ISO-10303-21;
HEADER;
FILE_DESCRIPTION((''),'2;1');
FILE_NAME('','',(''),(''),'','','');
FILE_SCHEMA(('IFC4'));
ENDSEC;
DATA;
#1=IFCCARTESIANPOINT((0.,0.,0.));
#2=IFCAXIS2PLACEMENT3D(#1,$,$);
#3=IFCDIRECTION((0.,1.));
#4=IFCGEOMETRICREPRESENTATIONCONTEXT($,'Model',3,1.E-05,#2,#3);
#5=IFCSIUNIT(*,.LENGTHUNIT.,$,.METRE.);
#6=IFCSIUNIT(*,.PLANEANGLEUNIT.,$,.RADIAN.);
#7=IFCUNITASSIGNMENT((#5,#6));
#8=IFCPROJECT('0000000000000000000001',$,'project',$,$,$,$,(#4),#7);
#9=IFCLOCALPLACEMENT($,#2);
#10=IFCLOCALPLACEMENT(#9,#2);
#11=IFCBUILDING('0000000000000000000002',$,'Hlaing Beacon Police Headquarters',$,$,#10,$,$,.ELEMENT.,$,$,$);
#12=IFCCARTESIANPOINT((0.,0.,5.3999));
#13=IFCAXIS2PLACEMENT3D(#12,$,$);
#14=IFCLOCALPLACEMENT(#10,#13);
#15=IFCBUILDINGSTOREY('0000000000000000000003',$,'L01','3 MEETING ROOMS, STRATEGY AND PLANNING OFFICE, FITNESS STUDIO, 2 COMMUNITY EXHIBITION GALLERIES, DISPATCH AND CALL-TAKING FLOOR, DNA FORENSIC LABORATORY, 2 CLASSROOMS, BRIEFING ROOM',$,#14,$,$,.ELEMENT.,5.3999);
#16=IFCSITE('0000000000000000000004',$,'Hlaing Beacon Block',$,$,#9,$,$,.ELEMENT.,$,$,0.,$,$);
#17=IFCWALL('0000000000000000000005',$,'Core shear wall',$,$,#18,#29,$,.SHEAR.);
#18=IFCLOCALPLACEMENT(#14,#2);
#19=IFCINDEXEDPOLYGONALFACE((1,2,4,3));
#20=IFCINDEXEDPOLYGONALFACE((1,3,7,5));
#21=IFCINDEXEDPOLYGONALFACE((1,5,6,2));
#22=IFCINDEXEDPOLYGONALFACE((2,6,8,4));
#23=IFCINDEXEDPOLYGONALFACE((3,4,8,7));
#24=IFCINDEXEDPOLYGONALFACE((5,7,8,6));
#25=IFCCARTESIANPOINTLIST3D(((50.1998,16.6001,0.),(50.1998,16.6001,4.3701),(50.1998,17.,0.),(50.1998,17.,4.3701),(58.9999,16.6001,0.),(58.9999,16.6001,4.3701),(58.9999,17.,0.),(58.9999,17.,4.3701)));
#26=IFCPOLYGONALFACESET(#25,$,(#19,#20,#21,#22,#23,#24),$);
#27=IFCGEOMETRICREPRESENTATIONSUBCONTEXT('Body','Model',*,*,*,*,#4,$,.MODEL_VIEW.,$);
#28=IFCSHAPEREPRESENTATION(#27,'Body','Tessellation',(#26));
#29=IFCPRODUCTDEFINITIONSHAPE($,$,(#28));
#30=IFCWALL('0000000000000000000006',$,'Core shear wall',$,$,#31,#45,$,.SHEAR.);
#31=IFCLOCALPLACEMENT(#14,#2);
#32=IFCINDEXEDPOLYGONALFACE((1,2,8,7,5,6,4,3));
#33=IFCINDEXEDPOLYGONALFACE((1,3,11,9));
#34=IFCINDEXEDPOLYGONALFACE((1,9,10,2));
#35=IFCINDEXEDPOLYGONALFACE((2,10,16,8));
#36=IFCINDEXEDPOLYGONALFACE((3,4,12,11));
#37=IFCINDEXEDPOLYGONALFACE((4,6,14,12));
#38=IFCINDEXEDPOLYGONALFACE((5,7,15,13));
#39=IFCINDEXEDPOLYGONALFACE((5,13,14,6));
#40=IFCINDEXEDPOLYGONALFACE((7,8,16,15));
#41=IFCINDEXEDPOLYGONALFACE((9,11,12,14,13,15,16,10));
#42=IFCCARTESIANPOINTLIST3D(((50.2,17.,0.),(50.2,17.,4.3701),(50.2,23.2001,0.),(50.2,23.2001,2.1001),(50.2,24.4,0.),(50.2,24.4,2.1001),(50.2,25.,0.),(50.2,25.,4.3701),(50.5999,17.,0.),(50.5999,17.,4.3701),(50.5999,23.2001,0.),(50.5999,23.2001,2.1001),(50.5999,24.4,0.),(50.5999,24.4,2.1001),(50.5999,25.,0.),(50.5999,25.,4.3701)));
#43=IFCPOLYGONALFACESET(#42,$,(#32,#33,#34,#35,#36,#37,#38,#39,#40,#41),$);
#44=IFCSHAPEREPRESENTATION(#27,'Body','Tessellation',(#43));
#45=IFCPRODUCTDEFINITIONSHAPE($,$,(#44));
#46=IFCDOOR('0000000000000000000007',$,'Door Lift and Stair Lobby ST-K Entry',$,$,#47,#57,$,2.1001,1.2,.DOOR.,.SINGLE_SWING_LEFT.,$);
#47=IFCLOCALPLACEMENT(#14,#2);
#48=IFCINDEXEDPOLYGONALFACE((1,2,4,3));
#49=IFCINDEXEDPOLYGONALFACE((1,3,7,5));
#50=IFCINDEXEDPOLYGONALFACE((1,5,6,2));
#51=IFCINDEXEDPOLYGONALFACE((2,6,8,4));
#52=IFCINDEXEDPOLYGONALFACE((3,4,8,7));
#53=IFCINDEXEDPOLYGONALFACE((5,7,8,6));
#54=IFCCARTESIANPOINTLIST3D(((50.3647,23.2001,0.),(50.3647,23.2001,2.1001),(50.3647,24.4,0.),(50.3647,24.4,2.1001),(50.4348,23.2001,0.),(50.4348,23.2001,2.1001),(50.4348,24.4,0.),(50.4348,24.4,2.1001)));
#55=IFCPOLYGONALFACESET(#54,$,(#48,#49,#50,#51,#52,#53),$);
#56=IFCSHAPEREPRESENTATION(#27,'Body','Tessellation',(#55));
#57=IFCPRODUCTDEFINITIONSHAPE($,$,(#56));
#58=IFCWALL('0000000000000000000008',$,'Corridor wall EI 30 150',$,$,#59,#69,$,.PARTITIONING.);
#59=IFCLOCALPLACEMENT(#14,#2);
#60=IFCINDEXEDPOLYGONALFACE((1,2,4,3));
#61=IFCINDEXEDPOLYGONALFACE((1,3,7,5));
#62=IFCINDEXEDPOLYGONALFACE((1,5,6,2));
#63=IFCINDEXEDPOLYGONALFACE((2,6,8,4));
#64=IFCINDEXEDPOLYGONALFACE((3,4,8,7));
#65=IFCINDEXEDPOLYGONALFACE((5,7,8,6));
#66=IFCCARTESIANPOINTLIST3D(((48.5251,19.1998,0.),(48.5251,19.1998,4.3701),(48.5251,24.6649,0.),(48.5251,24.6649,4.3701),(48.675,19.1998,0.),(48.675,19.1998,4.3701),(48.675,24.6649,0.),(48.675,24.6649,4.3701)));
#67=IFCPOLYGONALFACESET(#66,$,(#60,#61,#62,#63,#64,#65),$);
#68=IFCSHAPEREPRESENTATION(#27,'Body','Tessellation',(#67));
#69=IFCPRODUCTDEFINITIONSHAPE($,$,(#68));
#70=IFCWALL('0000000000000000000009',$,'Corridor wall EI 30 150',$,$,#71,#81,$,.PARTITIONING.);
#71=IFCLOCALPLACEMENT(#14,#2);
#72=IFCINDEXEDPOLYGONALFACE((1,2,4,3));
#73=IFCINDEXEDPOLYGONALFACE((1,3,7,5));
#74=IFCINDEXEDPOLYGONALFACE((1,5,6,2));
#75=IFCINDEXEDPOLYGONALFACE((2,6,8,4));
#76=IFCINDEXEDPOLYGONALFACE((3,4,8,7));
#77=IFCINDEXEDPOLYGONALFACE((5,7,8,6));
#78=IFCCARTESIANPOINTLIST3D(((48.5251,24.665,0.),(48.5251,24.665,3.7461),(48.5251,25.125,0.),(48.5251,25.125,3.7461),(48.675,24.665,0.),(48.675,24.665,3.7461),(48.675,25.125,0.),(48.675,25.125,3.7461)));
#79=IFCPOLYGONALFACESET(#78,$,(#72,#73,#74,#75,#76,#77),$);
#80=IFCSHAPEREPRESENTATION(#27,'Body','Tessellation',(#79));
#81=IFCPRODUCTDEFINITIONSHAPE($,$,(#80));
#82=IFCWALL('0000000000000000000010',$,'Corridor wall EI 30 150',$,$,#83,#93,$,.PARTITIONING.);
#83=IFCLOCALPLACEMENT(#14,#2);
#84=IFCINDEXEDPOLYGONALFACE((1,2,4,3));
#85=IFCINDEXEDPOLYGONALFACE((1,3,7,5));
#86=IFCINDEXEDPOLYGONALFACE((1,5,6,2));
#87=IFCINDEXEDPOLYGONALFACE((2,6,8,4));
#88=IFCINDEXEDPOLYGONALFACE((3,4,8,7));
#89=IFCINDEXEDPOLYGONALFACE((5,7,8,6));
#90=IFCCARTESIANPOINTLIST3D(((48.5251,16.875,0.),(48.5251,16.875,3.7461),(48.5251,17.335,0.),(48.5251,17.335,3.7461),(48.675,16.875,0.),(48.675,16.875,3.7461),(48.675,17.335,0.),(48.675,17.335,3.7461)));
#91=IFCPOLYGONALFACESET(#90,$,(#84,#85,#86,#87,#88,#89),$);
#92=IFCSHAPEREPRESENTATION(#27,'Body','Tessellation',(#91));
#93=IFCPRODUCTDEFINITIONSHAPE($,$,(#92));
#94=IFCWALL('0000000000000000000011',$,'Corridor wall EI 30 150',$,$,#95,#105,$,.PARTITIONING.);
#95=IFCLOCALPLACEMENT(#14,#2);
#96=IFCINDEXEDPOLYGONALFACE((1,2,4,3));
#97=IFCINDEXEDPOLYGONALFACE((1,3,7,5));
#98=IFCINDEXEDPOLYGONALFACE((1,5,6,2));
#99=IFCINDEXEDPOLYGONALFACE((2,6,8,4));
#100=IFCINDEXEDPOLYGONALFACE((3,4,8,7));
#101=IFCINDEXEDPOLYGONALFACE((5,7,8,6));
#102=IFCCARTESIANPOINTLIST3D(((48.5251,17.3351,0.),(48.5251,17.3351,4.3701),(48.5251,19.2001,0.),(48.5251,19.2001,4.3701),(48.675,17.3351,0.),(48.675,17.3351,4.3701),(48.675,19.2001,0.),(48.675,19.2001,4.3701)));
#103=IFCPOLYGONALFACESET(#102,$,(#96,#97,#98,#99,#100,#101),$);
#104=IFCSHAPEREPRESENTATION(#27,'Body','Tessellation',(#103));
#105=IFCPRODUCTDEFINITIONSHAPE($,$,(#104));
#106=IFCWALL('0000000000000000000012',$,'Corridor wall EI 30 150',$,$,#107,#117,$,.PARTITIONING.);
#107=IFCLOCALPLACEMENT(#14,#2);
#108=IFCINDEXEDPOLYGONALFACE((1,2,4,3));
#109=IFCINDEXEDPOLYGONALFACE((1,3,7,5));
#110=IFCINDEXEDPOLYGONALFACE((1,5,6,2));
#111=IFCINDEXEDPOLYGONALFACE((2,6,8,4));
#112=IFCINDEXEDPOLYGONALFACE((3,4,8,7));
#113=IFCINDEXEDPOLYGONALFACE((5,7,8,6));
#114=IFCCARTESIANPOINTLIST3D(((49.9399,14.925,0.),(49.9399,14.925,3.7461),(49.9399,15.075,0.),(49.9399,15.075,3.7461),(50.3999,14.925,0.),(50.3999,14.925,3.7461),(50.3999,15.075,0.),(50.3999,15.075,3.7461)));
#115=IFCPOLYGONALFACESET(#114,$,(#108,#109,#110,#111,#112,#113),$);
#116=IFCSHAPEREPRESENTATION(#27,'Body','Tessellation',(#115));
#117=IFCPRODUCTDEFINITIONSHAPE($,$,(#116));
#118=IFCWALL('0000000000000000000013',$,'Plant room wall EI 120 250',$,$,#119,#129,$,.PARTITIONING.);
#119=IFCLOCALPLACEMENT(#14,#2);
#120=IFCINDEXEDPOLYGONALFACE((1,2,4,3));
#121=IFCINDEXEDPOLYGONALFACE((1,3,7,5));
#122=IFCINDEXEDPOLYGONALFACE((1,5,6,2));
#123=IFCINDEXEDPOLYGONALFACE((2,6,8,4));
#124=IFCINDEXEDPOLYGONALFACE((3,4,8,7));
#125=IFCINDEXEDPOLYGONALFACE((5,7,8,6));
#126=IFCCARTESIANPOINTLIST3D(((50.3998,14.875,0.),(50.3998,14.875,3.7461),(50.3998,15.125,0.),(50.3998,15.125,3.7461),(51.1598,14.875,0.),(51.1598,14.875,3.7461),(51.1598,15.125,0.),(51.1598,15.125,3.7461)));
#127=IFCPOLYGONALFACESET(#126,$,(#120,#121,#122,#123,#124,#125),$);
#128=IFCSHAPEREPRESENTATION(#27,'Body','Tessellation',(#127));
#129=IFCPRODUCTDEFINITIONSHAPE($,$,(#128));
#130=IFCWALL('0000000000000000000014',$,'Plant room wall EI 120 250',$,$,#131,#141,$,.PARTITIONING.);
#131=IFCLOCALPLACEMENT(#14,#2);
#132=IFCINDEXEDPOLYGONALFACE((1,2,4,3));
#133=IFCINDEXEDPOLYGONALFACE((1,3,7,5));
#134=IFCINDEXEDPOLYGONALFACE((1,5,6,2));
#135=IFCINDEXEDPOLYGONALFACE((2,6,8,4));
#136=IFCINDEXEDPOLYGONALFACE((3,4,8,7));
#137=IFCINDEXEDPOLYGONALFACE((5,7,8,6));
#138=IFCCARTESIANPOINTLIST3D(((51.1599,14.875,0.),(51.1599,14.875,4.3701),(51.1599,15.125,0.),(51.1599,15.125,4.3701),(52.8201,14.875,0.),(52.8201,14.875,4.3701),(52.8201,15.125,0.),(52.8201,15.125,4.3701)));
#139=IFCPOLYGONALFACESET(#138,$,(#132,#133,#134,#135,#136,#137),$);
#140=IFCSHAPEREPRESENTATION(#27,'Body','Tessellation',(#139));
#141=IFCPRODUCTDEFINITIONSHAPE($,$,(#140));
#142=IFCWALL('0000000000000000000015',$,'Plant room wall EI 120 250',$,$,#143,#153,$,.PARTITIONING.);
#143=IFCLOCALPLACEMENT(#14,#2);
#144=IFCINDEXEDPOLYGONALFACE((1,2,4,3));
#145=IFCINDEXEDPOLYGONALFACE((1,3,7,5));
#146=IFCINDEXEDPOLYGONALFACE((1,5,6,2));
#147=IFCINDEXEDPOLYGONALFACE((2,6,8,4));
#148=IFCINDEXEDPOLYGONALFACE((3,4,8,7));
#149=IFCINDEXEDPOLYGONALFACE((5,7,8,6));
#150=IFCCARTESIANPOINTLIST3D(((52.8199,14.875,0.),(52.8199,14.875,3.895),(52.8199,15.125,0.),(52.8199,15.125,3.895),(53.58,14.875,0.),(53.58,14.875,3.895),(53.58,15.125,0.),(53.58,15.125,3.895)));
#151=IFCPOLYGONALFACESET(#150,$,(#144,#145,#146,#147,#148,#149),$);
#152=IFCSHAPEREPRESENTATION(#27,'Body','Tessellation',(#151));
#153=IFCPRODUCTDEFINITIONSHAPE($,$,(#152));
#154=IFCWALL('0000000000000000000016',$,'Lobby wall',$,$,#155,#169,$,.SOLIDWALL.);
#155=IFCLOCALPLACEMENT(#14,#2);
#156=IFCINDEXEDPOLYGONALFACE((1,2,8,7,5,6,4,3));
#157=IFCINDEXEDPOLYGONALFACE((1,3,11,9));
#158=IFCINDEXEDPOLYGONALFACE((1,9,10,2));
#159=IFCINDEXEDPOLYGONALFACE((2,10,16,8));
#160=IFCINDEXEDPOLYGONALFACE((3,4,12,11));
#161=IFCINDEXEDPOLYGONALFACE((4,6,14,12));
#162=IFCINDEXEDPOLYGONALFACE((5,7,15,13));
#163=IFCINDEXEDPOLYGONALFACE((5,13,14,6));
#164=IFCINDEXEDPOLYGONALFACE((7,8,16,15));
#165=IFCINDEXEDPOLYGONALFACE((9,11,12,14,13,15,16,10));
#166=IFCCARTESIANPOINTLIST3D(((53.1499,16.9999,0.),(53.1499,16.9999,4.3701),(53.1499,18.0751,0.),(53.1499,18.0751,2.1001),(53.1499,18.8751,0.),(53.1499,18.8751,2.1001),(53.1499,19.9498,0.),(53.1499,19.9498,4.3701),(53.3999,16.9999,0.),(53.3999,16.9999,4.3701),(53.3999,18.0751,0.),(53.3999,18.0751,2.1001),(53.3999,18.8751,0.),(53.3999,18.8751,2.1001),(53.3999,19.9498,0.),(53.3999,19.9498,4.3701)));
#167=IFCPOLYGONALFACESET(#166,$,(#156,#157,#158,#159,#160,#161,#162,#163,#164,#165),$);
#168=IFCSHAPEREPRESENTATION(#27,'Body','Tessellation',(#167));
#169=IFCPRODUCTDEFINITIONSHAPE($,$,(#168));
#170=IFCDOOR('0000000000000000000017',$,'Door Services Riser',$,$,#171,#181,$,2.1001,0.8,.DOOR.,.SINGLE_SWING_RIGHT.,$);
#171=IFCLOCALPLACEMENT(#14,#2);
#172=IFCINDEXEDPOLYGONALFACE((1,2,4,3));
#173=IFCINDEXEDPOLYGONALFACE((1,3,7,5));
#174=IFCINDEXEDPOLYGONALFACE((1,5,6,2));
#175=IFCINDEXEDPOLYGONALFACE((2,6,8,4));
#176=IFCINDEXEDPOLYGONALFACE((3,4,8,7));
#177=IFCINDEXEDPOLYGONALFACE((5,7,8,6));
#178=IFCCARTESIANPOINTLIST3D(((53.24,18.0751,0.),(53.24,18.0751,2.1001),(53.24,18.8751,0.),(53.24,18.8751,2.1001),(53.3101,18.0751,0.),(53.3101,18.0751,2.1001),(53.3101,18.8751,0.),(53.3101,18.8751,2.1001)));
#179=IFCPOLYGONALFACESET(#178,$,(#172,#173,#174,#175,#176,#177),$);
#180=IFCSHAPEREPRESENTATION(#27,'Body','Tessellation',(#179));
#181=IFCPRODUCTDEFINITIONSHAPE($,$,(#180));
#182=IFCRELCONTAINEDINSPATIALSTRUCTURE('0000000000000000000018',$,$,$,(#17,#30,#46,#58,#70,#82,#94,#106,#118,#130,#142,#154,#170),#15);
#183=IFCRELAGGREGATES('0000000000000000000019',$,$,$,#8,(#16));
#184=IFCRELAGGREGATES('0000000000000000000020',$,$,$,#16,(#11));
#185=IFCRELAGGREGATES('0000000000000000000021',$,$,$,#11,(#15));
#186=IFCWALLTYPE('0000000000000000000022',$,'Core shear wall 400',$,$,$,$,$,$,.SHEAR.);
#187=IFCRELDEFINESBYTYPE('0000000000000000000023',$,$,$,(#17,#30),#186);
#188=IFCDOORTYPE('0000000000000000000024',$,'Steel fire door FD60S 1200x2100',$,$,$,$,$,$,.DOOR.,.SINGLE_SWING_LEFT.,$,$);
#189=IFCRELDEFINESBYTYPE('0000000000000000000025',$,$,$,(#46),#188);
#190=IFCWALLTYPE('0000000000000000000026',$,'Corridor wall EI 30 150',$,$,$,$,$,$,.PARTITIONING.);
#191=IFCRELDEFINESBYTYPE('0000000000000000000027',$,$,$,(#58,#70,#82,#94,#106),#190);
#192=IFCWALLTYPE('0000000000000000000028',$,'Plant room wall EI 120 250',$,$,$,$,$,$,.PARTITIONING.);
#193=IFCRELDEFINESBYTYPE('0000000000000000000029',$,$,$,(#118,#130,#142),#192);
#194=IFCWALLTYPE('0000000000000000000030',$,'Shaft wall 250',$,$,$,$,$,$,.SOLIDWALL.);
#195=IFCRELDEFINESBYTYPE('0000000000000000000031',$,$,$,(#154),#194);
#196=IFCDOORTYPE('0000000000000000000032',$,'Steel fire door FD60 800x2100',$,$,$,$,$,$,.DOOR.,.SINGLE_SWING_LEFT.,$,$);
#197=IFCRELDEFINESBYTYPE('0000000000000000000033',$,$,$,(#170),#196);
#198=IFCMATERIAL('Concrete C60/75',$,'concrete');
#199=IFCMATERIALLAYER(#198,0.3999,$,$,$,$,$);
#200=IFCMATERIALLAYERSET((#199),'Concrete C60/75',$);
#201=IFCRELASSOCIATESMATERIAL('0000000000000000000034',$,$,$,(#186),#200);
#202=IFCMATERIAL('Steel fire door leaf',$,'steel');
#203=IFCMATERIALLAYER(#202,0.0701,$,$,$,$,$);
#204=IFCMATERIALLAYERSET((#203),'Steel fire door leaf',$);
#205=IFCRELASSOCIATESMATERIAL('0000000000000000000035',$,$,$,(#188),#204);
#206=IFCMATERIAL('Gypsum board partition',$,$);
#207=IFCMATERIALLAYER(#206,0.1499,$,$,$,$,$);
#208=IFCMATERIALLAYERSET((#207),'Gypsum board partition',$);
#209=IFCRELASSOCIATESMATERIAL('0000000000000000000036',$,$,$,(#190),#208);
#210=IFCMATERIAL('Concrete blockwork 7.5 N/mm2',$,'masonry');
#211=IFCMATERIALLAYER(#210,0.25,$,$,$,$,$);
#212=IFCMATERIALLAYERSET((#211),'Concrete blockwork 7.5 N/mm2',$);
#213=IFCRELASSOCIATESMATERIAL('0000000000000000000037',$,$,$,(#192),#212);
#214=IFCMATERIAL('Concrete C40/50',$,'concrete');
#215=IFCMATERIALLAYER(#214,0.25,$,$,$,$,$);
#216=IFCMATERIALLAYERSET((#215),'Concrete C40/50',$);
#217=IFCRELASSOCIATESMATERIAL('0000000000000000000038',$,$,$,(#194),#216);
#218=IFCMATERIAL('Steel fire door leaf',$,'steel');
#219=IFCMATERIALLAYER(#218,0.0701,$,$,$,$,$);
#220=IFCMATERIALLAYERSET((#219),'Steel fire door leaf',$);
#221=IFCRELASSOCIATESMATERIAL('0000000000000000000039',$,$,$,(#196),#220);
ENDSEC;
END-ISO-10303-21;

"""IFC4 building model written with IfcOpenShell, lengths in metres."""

from ifc_helpers import new_model, si_unit, direction, frame, frame_2d, origin, place, context, subcontext, project, spatial, rectangle, extrude, material, layer, layer_set, type_object, element, fill, save


model = new_model("IFC4")

# Units and contexts
model_context = context("Model", 3, precision=1e-05, world=origin(), true_north=direction((0.0, 1.0)))
body_context = subcontext(model_context, "Body", "Model", "MODEL_VIEW")
ifc_project = project(units=[si_unit("LENGTHUNIT", "METRE"), si_unit("PLANEANGLEUNIT", "RADIAN")], contexts=[model_context])

# Site, building, storey
site_placement = place(None, origin())
site = spatial("IfcSite", under=ifc_project, at=site_placement, Name="Hlaing Beacon Block", CompositionType="ELEMENT", RefElevation=0.0)
building_placement = place(site_placement, origin())
building = spatial("IfcBuilding", under=site, at=building_placement, Name="Hlaing Beacon Police Headquarters", CompositionType="ELEMENT")
storey_placement = place(building_placement, frame((0.0, 0.0, 5.3999)))
storey = spatial("IfcBuildingStorey", under=building, at=storey_placement, Name="L01", Description="3 MEETING ROOMS, STRATEGY AND PLANNING OFFICE, FITNESS STUDIO, 2 COMMUNITY EXHIBITION GALLERIES, DISPATCH AND CALL-TAKING FLOOR, DNA FORENSIC LABORATORY, 2 CLASSROOMS, BRIEFING ROOM", CompositionType="ELEMENT", Elevation=5.3999)

# Wall
ifc_material_1 = material(Name="Concrete C60/75", Category="concrete")
ifc_layer_1 = layer(ifc_material_1, 0.3999)
ifc_layer_set_1 = layer_set([ifc_layer_1], Name="Concrete C60/75")
wall_type_1 = type_object("IfcWallType", Name="Core shear wall 400", PredefinedType="SHEAR", material=ifc_layer_set_1)
wall_1_placement = place(storey_placement, frame((50.2, 16.8, 0.0), z_axis=(0.0, 0.0, 1.0), x_axis=(1.0, 0.0, 0.0)))
element("IfcWall", 1, at=wall_1_placement, inside=storey, type_object=wall_type_1, Name="Core shear wall", PredefinedType="SHEAR", context=body_context, shape_type="SweptSolid", body=[
    extrude(rectangle(XDim=8.8, YDim=0.3999, at=frame_2d((4.3999, 0.0))), origin(), (0.0, 0.0, 1.0), 4.3701),
])

# Wall, opening, door
wall_2_placement = place(storey_placement, frame((50.3999, 17.0, 0.0), z_axis=(0.0, 0.0, 1.0), x_axis=(0.0, 1.0, 0.0)))
wall_2 = element("IfcWall", 2, at=wall_2_placement, inside=storey, type_object=wall_type_1, Name="Core shear wall", PredefinedType="SHEAR", context=body_context, shape_type="SweptSolid", body=[
    extrude(rectangle(XDim=8.0, YDim=0.3999, at=frame_2d((4.0, 0.0))), origin(), (0.0, 0.0, 1.0), 4.3701),
])
opening_1_placement = place(wall_2_placement, frame((6.2, 0.0, 0.0)))
opening_1 = element("IfcOpeningElement", 3, at=opening_1_placement, cuts=wall_2, PredefinedType="OPENING", context=body_context, shape_type="SweptSolid", body=[
    extrude(rectangle(XDim=1.2, YDim=2.1001, at=frame_2d((0.6001, 1.05))), frame((0.0, 0.21, 0.0), z_axis=(0.0, -1.0, 0.0), x_axis=(1.0, 0.0, 0.0)), (0.0, 0.0, 1.0), 0.4199),
])
ifc_material_2 = material(Name="Steel fire door leaf", Category="steel")
ifc_layer_2 = layer(ifc_material_2, 0.0701)
ifc_layer_set_2 = layer_set([ifc_layer_2], Name="Steel fire door leaf")
door_type_1 = type_object("IfcDoorType", Name="Steel fire door FD60S 1200x2100", OperationType="SINGLE_SWING_LEFT", PredefinedType="DOOR", material=ifc_layer_set_2)
door_1_placement = place(opening_1_placement, frame((1.2, 0.0, 0.0), z_axis=(0.0, 0.0, 1.0), x_axis=(-1.0, 0.0, 0.0)))
door_1 = element("IfcDoor", 4, at=door_1_placement, inside=storey, type_object=door_type_1, Name="Door Lift and Stair Lobby ST-K Entry", OperationType="SINGLE_SWING_LEFT", OverallHeight=2.1001, OverallWidth=1.2, PredefinedType="DOOR", context=body_context, shape_type="SweptSolid", body=[
    extrude(rectangle(XDim=1.2, YDim=2.1001, at=frame_2d((0.5999, 1.05))), frame((0.0, 0.0349, 0.0), z_axis=(0.0, -1.0, 0.0), x_axis=(1.0, 0.0, 0.0)), (0.0, 0.0, 1.0), 0.0701),
])
fill(opening_1, door_1)

# Walls
ifc_material_3 = material(Name="Gypsum board partition")
ifc_layer_3 = layer(ifc_material_3, 0.1499)
ifc_layer_set_3 = layer_set([ifc_layer_3], Name="Gypsum board partition")
wall_type_2 = type_object("IfcWallType", Name="Corridor wall EI 30 150", PredefinedType="PARTITIONING", material=ifc_layer_set_3)
wall_3_placement = place(storey_placement, frame((48.6001, 19.2, 0.0), z_axis=(0.0, 0.0, 1.0), x_axis=(0.0, 1.0, 0.0)))
element("IfcWall", 5, at=wall_3_placement, inside=storey, type_object=wall_type_2, Name="Corridor wall EI 30 150", PredefinedType="PARTITIONING", context=body_context, shape_type="SweptSolid", body=[
    extrude(rectangle(XDim=5.4651, YDim=0.1499, at=frame_2d((2.7324, 0.0))), origin(), (0.0, 0.0, 1.0), 4.3701),
])
for number, where, z_axis, x_axis, name in (
    (6, (48.6001, 24.665, 0.0), (0.0, 0.0, 1.0), (0.0, 1.0, 0.0), "Corridor wall EI 30 150"),
    (7, (48.6001, 16.875, 0.0), (0.0, 0.0, 1.0), (0.0, 1.0, 0.0), "Corridor wall EI 30 150"),
):
    element("IfcWall", number, at=place(storey_placement, frame(where, z_axis=z_axis, x_axis=x_axis)), inside=storey, type_object=wall_type_2, Name=name, PredefinedType="PARTITIONING", context=body_context, shape_type="SweptSolid", body=[
        extrude(rectangle(XDim=0.46, YDim=0.1499, at=frame_2d((0.23, 0.0))), origin(), (0.0, 0.0, 1.0), 3.7461),
    ])
wall_4_placement = place(storey_placement, frame((48.6001, 17.335, 0.0), z_axis=(0.0, 0.0, 1.0), x_axis=(0.0, 1.0, 0.0)))
element("IfcWall", 8, at=wall_4_placement, inside=storey, type_object=wall_type_2, Name="Corridor wall EI 30 150", PredefinedType="PARTITIONING", context=body_context, shape_type="SweptSolid", body=[
    extrude(rectangle(XDim=1.865, YDim=0.1499, at=frame_2d((0.9326, 0.0))), origin(), (0.0, 0.0, 1.0), 4.3701),
])
wall_5_placement = place(storey_placement, frame((49.9399, 15.0, 0.0), z_axis=(0.0, 0.0, 1.0), x_axis=(1.0, 0.0, 0.0)))
element("IfcWall", 9, at=wall_5_placement, inside=storey, type_object=wall_type_2, Name="Corridor wall EI 30 150", PredefinedType="PARTITIONING", context=body_context, shape_type="SweptSolid", body=[
    extrude(rectangle(XDim=0.46, YDim=0.1499, at=frame_2d((0.23, 0.0))), origin(), (0.0, 0.0, 1.0), 3.7461),
])
ifc_material_4 = material(Name="Concrete blockwork 7.5 N/mm2", Category="masonry")
ifc_layer_4 = layer(ifc_material_4, 0.25)
ifc_layer_set_4 = layer_set([ifc_layer_4], Name="Concrete blockwork 7.5 N/mm2")
wall_type_3 = type_object("IfcWallType", Name="Plant room wall EI 120 250", PredefinedType="PARTITIONING", material=ifc_layer_set_4)
wall_6_placement = place(storey_placement, frame((50.3999, 15.0, 0.0), z_axis=(0.0, 0.0, 1.0), x_axis=(1.0, 0.0, 0.0)))
element("IfcWall", 10, at=wall_6_placement, inside=storey, type_object=wall_type_3, Name="Plant room wall EI 120 250", PredefinedType="PARTITIONING", context=body_context, shape_type="SweptSolid", body=[
    extrude(rectangle(XDim=0.76, YDim=0.25, at=frame_2d((0.3799, 0.0))), origin(), (0.0, 0.0, 1.0), 3.7461),
])
wall_7_placement = place(storey_placement, frame((51.1599, 15.0, 0.0), z_axis=(0.0, 0.0, 1.0), x_axis=(1.0, 0.0, 0.0)))
element("IfcWall", 11, at=wall_7_placement, inside=storey, type_object=wall_type_3, Name="Plant room wall EI 120 250", PredefinedType="PARTITIONING", context=body_context, shape_type="SweptSolid", body=[
    extrude(rectangle(XDim=1.6602, YDim=0.25, at=frame_2d((0.8301, 0.0))), origin(), (0.0, 0.0, 1.0), 4.3701),
])
wall_8_placement = place(storey_placement, frame((52.8201, 15.0, 0.0), z_axis=(0.0, 0.0, 1.0), x_axis=(1.0, 0.0, 0.0)))
element("IfcWall", 12, at=wall_8_placement, inside=storey, type_object=wall_type_3, Name="Plant room wall EI 120 250", PredefinedType="PARTITIONING", context=body_context, shape_type="SweptSolid", body=[
    extrude(rectangle(XDim=0.76, YDim=0.25, at=frame_2d((0.3799, 0.0))), origin(), (0.0, 0.0, 1.0), 3.895),
])

# Wall, opening, door
ifc_material_5 = material(Name="Concrete C40/50", Category="concrete")
ifc_layer_5 = layer(ifc_material_5, 0.25)
ifc_layer_set_5 = layer_set([ifc_layer_5], Name="Concrete C40/50")
wall_type_4 = type_object("IfcWallType", Name="Shaft wall 250", PredefinedType="SOLIDWALL", material=ifc_layer_set_5)
wall_9_placement = place(storey_placement, frame((53.2749, 19.95, 0.0), z_axis=(0.0, 0.0, 1.0), x_axis=(0.0, -1.0, 0.0)))
wall_9 = element("IfcWall", 13, at=wall_9_placement, inside=storey, type_object=wall_type_4, Name="Lobby wall", PredefinedType="SOLIDWALL", context=body_context, shape_type="SweptSolid", body=[
    extrude(rectangle(XDim=2.95, YDim=0.25, at=frame_2d((1.4751, 0.0))), origin(), (0.0, 0.0, 1.0), 4.3701),
])
opening_2_placement = place(wall_9_placement, frame((1.075, 0.0, 0.0)))
opening_2 = element("IfcOpeningElement", 14, at=opening_2_placement, cuts=wall_9, PredefinedType="OPENING", context=body_context, shape_type="SweptSolid", body=[
    extrude(rectangle(XDim=0.8, YDim=2.1001, at=frame_2d((0.3999, 1.05))), frame((0.0, 0.135, 0.0), z_axis=(0.0, -1.0, 0.0), x_axis=(1.0, 0.0, 0.0)), (0.0, 0.0, 1.0), 0.27),
])
ifc_material_6 = material(Name="Steel fire door leaf", Category="steel")
ifc_layer_6 = layer(ifc_material_6, 0.0701)
ifc_layer_set_6 = layer_set([ifc_layer_6], Name="Steel fire door leaf")
door_type_2 = type_object("IfcDoorType", Name="Steel fire door FD60 800x2100", OperationType="SINGLE_SWING_LEFT", PredefinedType="DOOR", material=ifc_layer_set_6)
door_2_placement = place(opening_2_placement, frame((0.8, 0.0, 0.0), z_axis=(0.0, 0.0, 1.0), x_axis=(-1.0, 0.0, 0.0)))
door_2 = element("IfcDoor", 15, at=door_2_placement, inside=storey, type_object=door_type_2, Name="Door Services Riser", OperationType="SINGLE_SWING_RIGHT", OverallHeight=2.1001, OverallWidth=0.8, PredefinedType="DOOR", context=body_context, shape_type="SweptSolid", body=[
    extrude(rectangle(XDim=0.8, YDim=2.1001, at=frame_2d((0.4001, 1.05))), frame((0.0, 0.0349, 0.0), z_axis=(0.0, -1.0, 0.0), x_axis=(1.0, 0.0, 0.0)), (0.0, 0.0, 1.0), 0.0701),
])
fill(opening_2, door_2)

save(model, "model.ifc")
